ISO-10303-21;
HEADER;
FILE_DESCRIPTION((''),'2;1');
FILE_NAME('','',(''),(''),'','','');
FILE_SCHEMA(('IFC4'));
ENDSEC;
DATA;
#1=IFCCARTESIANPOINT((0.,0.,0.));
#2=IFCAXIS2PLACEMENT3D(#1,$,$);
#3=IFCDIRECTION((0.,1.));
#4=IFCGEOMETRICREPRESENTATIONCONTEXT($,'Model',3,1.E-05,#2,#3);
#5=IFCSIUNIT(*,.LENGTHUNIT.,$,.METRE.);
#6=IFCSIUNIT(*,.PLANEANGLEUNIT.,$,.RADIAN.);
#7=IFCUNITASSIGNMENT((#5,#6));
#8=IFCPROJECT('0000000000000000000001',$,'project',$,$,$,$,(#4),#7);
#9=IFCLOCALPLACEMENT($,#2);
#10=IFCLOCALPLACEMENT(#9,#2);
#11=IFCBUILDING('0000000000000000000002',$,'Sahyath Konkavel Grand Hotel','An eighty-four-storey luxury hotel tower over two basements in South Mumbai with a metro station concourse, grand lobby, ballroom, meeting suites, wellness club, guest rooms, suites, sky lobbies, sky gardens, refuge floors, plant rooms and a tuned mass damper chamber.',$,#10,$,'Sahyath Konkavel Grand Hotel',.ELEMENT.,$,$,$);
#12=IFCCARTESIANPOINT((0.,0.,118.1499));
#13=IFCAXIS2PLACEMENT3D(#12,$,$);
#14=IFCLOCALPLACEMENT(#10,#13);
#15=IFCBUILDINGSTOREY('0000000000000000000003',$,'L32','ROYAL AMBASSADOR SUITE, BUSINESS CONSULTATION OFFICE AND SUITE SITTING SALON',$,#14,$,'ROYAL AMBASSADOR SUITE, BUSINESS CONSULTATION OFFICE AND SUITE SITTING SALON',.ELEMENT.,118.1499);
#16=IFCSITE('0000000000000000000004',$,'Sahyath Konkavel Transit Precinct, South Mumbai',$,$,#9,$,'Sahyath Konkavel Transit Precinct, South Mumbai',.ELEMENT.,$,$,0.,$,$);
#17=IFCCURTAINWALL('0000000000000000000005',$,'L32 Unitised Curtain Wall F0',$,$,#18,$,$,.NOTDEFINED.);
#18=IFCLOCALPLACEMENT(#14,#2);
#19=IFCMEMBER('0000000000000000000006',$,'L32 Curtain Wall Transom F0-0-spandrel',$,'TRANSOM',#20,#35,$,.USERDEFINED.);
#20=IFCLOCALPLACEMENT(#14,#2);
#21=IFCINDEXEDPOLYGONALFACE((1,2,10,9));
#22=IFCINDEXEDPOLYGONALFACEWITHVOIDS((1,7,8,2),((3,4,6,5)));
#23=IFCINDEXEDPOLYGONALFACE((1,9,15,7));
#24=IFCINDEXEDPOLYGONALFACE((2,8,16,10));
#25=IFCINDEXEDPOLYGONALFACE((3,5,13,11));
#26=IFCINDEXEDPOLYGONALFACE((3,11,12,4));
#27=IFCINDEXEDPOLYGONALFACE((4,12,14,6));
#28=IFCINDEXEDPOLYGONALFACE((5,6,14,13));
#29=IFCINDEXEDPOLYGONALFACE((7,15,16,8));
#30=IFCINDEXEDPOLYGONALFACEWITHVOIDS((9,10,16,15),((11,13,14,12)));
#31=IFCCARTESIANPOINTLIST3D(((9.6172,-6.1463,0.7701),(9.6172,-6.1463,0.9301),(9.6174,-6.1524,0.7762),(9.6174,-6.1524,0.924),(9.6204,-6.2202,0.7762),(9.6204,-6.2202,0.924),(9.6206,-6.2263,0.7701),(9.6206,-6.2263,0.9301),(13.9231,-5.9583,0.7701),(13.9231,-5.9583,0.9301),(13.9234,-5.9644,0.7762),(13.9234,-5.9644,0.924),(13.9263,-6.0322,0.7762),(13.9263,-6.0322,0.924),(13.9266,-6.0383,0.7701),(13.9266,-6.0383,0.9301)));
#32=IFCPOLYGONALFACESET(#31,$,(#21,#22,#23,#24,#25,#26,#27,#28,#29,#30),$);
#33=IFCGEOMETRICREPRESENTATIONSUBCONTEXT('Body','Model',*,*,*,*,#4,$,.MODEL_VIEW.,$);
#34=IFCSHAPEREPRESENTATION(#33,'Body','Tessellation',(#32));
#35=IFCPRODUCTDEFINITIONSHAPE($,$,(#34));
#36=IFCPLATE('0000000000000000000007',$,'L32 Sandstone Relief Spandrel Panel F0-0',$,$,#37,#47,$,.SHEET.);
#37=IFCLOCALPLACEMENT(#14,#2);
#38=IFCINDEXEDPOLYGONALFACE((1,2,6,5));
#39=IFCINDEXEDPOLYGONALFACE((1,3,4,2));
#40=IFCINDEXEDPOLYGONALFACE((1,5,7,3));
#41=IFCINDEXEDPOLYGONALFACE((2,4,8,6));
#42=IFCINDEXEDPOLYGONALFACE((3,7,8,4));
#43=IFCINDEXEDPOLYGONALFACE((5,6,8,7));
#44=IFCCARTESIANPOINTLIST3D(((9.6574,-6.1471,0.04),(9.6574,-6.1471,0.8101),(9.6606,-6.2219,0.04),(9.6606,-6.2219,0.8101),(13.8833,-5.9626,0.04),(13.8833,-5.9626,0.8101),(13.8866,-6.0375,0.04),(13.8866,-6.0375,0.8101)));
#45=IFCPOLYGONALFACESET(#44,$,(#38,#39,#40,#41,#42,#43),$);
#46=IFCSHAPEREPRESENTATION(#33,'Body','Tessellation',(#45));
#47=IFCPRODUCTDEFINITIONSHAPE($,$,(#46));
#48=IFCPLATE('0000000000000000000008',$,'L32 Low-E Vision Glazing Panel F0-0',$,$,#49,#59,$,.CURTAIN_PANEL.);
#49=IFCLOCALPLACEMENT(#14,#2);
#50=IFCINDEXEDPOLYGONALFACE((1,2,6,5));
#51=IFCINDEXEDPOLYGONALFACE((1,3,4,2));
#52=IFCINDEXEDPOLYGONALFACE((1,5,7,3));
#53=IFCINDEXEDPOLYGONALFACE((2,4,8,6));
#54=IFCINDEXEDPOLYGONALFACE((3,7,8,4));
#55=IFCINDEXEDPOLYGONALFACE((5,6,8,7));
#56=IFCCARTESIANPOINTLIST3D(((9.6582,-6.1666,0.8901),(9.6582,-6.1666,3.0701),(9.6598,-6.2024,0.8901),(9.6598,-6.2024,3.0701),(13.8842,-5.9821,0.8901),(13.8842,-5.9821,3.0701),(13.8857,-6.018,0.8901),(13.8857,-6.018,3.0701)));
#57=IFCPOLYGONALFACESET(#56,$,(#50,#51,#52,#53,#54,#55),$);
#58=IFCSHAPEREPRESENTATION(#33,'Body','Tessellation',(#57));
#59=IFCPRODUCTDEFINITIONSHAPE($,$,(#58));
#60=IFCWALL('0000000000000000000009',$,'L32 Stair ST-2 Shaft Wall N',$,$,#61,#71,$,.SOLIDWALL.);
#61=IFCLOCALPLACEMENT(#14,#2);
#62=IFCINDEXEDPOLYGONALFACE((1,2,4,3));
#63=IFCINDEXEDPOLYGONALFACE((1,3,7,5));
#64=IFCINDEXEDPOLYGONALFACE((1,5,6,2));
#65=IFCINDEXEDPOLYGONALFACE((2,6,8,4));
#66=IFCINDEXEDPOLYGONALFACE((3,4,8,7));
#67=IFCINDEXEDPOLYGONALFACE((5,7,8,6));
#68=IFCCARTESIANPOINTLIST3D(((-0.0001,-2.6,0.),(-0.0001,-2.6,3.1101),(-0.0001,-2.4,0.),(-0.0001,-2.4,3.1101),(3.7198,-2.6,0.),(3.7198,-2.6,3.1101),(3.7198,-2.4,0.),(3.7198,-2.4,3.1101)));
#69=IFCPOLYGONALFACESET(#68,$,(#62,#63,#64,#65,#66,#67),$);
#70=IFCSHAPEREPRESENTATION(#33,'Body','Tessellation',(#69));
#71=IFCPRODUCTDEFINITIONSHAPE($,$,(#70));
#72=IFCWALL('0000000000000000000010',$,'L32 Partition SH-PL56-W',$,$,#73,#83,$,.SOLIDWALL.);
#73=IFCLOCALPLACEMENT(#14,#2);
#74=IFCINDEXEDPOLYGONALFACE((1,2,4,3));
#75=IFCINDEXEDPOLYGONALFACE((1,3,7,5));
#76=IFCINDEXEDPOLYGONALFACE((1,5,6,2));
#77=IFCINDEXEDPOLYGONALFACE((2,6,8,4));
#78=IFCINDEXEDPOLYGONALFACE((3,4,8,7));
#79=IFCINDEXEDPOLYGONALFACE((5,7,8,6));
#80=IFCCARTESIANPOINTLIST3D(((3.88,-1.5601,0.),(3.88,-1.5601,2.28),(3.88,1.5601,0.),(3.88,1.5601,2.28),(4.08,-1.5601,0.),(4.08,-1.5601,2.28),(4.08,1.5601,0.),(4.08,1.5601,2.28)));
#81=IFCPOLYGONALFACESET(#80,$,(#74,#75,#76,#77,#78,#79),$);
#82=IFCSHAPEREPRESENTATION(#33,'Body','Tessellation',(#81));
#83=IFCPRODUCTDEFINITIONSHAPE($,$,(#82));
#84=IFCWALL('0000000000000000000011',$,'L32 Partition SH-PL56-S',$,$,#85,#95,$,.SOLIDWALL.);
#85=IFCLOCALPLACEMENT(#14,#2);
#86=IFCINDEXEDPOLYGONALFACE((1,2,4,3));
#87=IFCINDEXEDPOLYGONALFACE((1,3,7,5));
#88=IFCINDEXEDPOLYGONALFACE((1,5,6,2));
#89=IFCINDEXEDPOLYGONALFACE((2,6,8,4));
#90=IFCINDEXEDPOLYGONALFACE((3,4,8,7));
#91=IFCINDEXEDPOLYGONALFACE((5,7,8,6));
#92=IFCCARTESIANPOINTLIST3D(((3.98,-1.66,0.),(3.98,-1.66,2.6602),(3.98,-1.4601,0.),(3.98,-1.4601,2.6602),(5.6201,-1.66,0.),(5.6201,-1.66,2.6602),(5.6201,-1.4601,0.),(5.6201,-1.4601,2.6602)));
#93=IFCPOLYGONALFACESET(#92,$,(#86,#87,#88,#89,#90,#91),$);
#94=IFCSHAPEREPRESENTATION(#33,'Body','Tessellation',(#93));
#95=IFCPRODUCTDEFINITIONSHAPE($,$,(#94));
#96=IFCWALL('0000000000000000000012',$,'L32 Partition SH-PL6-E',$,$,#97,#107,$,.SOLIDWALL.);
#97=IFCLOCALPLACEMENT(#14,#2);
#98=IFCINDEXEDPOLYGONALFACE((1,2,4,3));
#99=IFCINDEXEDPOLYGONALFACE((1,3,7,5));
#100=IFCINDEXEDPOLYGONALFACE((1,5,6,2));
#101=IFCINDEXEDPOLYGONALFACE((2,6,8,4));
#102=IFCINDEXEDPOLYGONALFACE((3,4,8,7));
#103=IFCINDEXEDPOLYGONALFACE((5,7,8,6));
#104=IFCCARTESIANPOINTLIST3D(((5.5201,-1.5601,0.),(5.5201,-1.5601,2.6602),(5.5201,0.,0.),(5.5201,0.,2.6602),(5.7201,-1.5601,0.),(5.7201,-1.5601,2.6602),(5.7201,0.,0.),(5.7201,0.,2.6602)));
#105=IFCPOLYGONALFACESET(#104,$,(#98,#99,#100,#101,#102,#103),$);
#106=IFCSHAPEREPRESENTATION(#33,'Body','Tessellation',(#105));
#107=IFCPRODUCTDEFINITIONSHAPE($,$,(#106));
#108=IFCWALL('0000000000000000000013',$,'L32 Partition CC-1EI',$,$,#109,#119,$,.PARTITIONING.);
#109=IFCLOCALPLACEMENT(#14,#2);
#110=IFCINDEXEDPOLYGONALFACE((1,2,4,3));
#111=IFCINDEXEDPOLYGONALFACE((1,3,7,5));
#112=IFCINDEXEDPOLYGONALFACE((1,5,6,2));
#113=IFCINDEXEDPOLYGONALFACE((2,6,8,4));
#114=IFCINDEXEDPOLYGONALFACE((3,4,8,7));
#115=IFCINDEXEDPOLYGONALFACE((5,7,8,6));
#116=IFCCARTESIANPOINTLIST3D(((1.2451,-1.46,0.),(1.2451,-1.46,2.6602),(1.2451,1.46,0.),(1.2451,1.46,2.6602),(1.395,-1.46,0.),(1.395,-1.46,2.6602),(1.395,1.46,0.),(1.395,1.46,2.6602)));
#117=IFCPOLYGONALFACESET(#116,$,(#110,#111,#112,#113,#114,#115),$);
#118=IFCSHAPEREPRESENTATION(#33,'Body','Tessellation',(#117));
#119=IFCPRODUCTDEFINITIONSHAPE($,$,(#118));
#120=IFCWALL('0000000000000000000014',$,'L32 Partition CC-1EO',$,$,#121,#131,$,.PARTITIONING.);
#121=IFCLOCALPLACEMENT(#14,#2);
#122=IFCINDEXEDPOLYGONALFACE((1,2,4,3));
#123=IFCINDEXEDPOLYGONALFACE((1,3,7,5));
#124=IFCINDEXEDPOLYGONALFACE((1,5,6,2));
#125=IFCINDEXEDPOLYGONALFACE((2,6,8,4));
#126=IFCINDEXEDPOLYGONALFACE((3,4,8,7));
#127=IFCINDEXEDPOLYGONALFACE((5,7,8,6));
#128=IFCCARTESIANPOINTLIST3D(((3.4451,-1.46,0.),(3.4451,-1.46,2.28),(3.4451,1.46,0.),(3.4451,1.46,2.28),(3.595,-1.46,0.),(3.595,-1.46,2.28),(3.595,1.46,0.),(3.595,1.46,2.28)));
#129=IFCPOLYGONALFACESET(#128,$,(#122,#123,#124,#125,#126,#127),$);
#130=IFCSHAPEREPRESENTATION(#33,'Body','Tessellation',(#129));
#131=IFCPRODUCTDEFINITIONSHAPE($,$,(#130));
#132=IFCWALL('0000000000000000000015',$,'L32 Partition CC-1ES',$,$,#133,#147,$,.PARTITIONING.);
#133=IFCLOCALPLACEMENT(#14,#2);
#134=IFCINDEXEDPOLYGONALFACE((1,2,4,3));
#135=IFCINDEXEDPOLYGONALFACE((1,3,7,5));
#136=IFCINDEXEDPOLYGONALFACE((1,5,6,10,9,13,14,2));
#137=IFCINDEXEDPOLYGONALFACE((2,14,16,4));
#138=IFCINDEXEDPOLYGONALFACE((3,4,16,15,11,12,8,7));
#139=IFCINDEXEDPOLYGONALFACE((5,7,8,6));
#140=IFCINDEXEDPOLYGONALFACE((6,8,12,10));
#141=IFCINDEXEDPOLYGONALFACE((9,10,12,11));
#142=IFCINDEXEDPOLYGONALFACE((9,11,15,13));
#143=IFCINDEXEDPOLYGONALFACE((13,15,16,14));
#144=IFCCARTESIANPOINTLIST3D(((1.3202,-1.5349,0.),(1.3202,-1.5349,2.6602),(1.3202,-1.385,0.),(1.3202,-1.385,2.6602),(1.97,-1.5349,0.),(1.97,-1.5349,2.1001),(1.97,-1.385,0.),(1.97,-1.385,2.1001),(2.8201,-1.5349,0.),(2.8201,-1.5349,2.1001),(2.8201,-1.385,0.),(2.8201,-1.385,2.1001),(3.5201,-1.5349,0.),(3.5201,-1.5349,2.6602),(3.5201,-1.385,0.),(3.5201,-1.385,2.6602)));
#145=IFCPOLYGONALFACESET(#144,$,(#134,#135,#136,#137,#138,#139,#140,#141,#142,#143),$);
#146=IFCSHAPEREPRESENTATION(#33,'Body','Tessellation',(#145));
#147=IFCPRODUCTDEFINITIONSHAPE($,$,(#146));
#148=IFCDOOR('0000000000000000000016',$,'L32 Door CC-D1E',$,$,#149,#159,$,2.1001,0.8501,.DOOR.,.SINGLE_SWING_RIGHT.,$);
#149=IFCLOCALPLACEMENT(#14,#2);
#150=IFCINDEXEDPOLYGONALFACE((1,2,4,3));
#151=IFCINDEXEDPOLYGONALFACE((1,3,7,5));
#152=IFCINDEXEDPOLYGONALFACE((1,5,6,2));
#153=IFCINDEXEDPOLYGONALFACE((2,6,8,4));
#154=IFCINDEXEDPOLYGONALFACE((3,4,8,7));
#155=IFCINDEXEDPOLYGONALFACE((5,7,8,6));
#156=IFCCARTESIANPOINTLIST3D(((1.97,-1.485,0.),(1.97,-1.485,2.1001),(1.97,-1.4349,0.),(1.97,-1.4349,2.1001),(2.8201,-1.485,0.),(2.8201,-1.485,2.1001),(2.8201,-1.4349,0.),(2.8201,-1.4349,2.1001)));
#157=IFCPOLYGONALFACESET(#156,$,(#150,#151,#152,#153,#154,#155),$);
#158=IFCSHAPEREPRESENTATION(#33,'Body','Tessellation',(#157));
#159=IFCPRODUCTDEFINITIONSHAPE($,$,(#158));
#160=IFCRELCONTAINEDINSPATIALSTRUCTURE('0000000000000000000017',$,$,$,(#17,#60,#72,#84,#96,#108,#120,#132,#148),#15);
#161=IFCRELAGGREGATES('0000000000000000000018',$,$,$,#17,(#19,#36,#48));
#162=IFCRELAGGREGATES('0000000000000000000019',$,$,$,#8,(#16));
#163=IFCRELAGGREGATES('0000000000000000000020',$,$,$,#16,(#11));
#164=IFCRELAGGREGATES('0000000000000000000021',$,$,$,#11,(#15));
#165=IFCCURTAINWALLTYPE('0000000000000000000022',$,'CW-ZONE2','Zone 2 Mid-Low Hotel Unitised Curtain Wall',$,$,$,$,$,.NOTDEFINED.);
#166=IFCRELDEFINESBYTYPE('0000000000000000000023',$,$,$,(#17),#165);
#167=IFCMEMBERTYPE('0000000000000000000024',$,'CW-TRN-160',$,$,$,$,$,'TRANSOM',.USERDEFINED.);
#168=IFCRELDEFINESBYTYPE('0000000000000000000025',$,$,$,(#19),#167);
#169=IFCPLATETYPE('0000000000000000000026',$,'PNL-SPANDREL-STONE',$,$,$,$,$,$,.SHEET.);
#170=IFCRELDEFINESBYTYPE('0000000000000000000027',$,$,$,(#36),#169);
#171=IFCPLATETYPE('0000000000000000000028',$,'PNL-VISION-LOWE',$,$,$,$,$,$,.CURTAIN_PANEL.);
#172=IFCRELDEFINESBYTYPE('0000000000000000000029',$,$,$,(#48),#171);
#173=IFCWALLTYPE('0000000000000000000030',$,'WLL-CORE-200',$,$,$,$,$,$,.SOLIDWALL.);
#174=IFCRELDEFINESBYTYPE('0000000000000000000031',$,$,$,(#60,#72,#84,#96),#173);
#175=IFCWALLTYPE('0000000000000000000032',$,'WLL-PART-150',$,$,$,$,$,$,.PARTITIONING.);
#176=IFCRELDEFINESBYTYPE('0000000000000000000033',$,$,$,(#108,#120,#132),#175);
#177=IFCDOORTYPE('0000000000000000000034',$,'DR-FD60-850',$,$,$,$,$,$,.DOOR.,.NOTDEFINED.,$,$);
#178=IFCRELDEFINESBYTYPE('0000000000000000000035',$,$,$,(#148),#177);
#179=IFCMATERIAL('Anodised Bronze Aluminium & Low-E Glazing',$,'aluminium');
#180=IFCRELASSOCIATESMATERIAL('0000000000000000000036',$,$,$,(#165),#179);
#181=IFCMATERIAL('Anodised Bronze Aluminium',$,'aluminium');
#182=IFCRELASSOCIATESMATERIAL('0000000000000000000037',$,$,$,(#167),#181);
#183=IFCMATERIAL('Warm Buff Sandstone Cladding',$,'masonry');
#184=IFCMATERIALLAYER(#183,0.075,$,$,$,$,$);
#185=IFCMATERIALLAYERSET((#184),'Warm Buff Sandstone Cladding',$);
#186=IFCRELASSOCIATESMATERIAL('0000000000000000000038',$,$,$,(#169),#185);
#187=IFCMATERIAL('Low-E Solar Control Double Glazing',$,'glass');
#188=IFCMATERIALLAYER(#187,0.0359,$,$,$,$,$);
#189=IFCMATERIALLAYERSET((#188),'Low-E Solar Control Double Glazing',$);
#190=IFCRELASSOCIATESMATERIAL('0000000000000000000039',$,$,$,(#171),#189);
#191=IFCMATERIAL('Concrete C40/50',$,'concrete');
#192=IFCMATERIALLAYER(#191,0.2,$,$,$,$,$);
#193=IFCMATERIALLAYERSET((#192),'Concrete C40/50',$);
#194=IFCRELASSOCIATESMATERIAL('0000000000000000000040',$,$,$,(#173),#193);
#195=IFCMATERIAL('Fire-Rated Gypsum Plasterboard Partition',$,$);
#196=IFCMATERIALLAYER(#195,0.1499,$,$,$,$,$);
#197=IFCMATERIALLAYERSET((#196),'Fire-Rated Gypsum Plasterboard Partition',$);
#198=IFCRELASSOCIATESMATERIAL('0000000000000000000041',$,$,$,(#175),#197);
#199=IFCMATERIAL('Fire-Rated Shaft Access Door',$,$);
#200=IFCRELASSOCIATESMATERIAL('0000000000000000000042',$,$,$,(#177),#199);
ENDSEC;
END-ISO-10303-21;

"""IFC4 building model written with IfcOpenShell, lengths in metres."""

from ifc_helpers import new_model, si_unit, direction, frame, frame_2d, origin, origin_2d, place, context, subcontext, project, spatial, rectangle, hollow_rectangle, extrude, source, transform, mapped, material, layer, layer_set, material_profile, profile_set, type_object, element, fill, aggregate, save


model = new_model("IFC4")

# Units and contexts
model_context = context("Model", 3, precision=1e-05, world=origin(), true_north=direction((0.0, 1.0)))
body_context = subcontext(model_context, "Body", "Model", "MODEL_VIEW")
ifc_project = project(units=[si_unit("LENGTHUNIT", "METRE"), si_unit("PLANEANGLEUNIT", "RADIAN")], contexts=[model_context])

# Site, building, storey
site_placement = place(None, origin())
site = spatial("IfcSite", under=ifc_project, at=site_placement, Name="Sahyath Konkavel Transit Precinct, South Mumbai", LongName="Sahyath Konkavel Transit Precinct, South Mumbai", CompositionType="ELEMENT", RefElevation=0.0)
building_placement = place(site_placement, origin())
building = spatial("IfcBuilding", under=site, at=building_placement, Name="Sahyath Konkavel Grand Hotel", Description="An eighty-four-storey luxury hotel tower over two basements in South Mumbai with a metro station concourse, grand lobby, ballroom, meeting suites, wellness club, guest rooms, suites, sky lobbies, sky gardens, refuge floors, plant rooms and a tuned mass damper chamber.", LongName="Sahyath Konkavel Grand Hotel", CompositionType="ELEMENT")
storey_placement = place(building_placement, frame((0.0, 0.0, 118.1499)))
storey = spatial("IfcBuildingStorey", under=building, at=storey_placement, Name="L32", Description="ROYAL AMBASSADOR SUITE, BUSINESS CONSULTATION OFFICE AND SUITE SITTING SALON", LongName="ROYAL AMBASSADOR SUITE, BUSINESS CONSULTATION OFFICE AND SUITE SITTING SALON", CompositionType="ELEMENT", Elevation=118.1499)

# Curtain wall, member, plates
ifc_material_1 = material(Name="Anodised Bronze Aluminium & Low-E Glazing", Category="aluminium")
curtain_wall_type = type_object("IfcCurtainWallType", Name="CW-ZONE2", Description="Zone 2 Mid-Low Hotel Unitised Curtain Wall", PredefinedType="NOTDEFINED", material=ifc_material_1)
curtain_wall_placement = place(storey_placement, origin())
curtain_wall = element("IfcCurtainWall", 1, at=curtain_wall_placement, inside=storey, type_object=curtain_wall_type, Name="L32 Unitised Curtain Wall F0", PredefinedType="NOTDEFINED")
ifc_material_2 = material(Name="Anodised Bronze Aluminium", Category="aluminium")
ifc_material_profile_1 = material_profile(ifc_material_2, hollow_rectangle(XDim=0.0801, YDim=0.1599, WallThickness=0.0061, at=origin_2d()), Name="RHS 160x80x6")
ifc_profile_set_1 = profile_set([ifc_material_profile_1], Name="Anodised Bronze Aluminium")
member_type_1 = type_object("IfcMemberType", Name="CW-TRN-160", ElementType="TRANSOM", PredefinedType="USERDEFINED", material=ifc_profile_set_1)
shared_shape_1 = source(origin(), body_context, "Body", "SweptSolid", [
    extrude(hollow_rectangle(XDim=0.0801, YDim=0.1599, WallThickness=0.0061, at=origin_2d()), origin(), (0.0, 0.0, 1.0), 4.3101),
])
member_1_placement = place(storey_placement, frame((9.6189, -6.1863, 0.8501), z_axis=(0.999048, 0.043617, 0.0), x_axis=(-0.043617, 0.999048, 0.0)))
member_1 = element("IfcMember", 2, at=member_1_placement, type_object=member_type_1, Name="L32 Curtain Wall Transom F0-0-spandrel", ObjectType="TRANSOM", PredefinedType="USERDEFINED", context=body_context, shape_type="MappedRepresentation", body=[
    mapped(shared_shape_1, transform((0.0, 0.0, 0.0), scale=1.0)),
])
ifc_material_3 = material(Name="Warm Buff Sandstone Cladding", Category="masonry")
ifc_layer_1 = layer(ifc_material_3, 0.075)
ifc_layer_set_1 = layer_set([ifc_layer_1], Name="Warm Buff Sandstone Cladding")
plate_type_1 = type_object("IfcPlateType", Name="PNL-SPANDREL-STONE", PredefinedType="SHEET", material=ifc_layer_set_1)
shared_shape_2 = source(origin(), body_context, "Body", "SweptSolid", [
    extrude(rectangle(XDim=4.23, YDim=0.075, at=origin_2d()), origin(), (0.0, 0.0, 1.0), 0.77),
])
plate_1_placement = place(storey_placement, frame((11.772, -6.0923, 0.04), z_axis=(0.0, 0.0, 1.0), x_axis=(0.999049, 0.043602, 0.0)))
plate_1 = element("IfcPlate", 3, at=plate_1_placement, type_object=plate_type_1, Name="L32 Sandstone Relief Spandrel Panel F0-0", PredefinedType="SHEET", context=body_context, shape_type="MappedRepresentation", body=[
    mapped(shared_shape_2, transform((0.0, 0.0, 0.0), scale=1.0)),
])
ifc_material_4 = material(Name="Low-E Solar Control Double Glazing", Category="glass")
ifc_layer_2 = layer(ifc_material_4, 0.0359)
ifc_layer_set_2 = layer_set([ifc_layer_2], Name="Low-E Solar Control Double Glazing")
plate_type_2 = type_object("IfcPlateType", Name="PNL-VISION-LOWE", PredefinedType="CURTAIN_PANEL", material=ifc_layer_set_2)
shared_shape_3 = source(origin(), body_context, "Body", "SweptSolid", [
    extrude(rectangle(XDim=4.23, YDim=0.0359, at=origin_2d()), origin(), (0.0, 0.0, 1.0), 2.1799),
])
plate_2_placement = place(storey_placement, frame((11.772, -6.0923, 0.8901), z_axis=(0.0, 0.0, 1.0), x_axis=(0.999049, 0.043602, 0.0)))
plate_2 = element("IfcPlate", 4, at=plate_2_placement, type_object=plate_type_2, Name="L32 Low-E Vision Glazing Panel F0-0", PredefinedType="CURTAIN_PANEL", context=body_context, shape_type="MappedRepresentation", body=[
    mapped(shared_shape_3, transform((0.0, 0.0, 0.0), scale=1.0)),
])
aggregate(curtain_wall, [member_1, plate_1, plate_2])

# Walls
ifc_material_5 = material(Name="Concrete C40/50", Category="concrete")
ifc_layer_3 = layer(ifc_material_5, 0.2)
ifc_layer_set_3 = layer_set([ifc_layer_3], Name="Concrete C40/50")
wall_type_1 = type_object("IfcWallType", Name="WLL-CORE-200", PredefinedType="SOLIDWALL", material=ifc_layer_set_3)
wall_1_placement = place(storey_placement, frame((0.0, -2.5, 0.0), z_axis=(0.0, 0.0, 1.0), x_axis=(1.0, 0.0, 0.0)))
element("IfcWall", 5, at=wall_1_placement, inside=storey, type_object=wall_type_1, Name="L32 Stair ST-2 Shaft Wall N", PredefinedType="SOLIDWALL", context=body_context, shape_type="SweptSolid", body=[
    extrude(rectangle(XDim=3.72, YDim=0.2, at=frame_2d((1.8599, 0.0))), origin(), (0.0, 0.0, 1.0), 3.1101),
])
wall_2_placement = place(storey_placement, frame((3.98, -1.5601, 0.0), z_axis=(0.0, 0.0, 1.0), x_axis=(0.0, 1.0, 0.0)))
element("IfcWall", 6, at=wall_2_placement, inside=storey, type_object=wall_type_1, Name="L32 Partition SH-PL56-W", PredefinedType="SOLIDWALL", context=body_context, shape_type="SweptSolid", body=[
    extrude(rectangle(XDim=3.1201, YDim=0.2, at=frame_2d((1.5601, 0.0))), origin(), (0.0, 0.0, 1.0), 2.28),
])
wall_3_placement = place(storey_placement, frame((3.98, -1.5601, 0.0), z_axis=(0.0, 0.0, 1.0), x_axis=(1.0, 0.0, 0.0)))
element("IfcWall", 7, at=wall_3_placement, inside=storey, type_object=wall_type_1, Name="L32 Partition SH-PL56-S", PredefinedType="SOLIDWALL", context=body_context, shape_type="SweptSolid", body=[
    extrude(rectangle(XDim=1.6401, YDim=0.2, at=frame_2d((0.8201, 0.0))), origin(), (0.0, 0.0, 1.0), 2.6602),
])
wall_4_placement = place(storey_placement, frame((5.6201, -1.5601, 0.0), z_axis=(0.0, 0.0, 1.0), x_axis=(0.0, 1.0, 0.0)))
element("IfcWall", 8, at=wall_4_placement, inside=storey, type_object=wall_type_1, Name="L32 Partition SH-PL6-E", PredefinedType="SOLIDWALL", context=body_context, shape_type="SweptSolid", body=[
    extrude(rectangle(XDim=1.5601, YDim=0.2, at=frame_2d((0.78, 0.0))), origin(), (0.0, 0.0, 1.0), 2.6602),
])
ifc_material_6 = material(Name="Fire-Rated Gypsum Plasterboard Partition")
ifc_layer_4 = layer(ifc_material_6, 0.1499)
ifc_layer_set_4 = layer_set([ifc_layer_4], Name="Fire-Rated Gypsum Plasterboard Partition")
wall_type_2 = type_object("IfcWallType", Name="WLL-PART-150", PredefinedType="PARTITIONING", material=ifc_layer_set_4)
wall_5_placement = place(storey_placement, frame((1.3201, -1.46, 0.0), z_axis=(0.0, 0.0, 1.0), x_axis=(0.0, 1.0, 0.0)))
element("IfcWall", 9, at=wall_5_placement, inside=storey, type_object=wall_type_2, Name="L32 Partition CC-1EI", PredefinedType="PARTITIONING", context=body_context, shape_type="SweptSolid", body=[
    extrude(rectangle(XDim=2.9199, YDim=0.1499, at=frame_2d((1.46, 0.0))), origin(), (0.0, 0.0, 1.0), 2.6602),
])
wall_6_placement = place(storey_placement, frame((3.52, -1.46, 0.0), z_axis=(0.0, 0.0, 1.0), x_axis=(0.0, 1.0, 0.0)))
element("IfcWall", 10, at=wall_6_placement, inside=storey, type_object=wall_type_2, Name="L32 Partition CC-1EO", PredefinedType="PARTITIONING", context=body_context, shape_type="SweptSolid", body=[
    extrude(rectangle(XDim=2.9199, YDim=0.1499, at=frame_2d((1.46, 0.0))), origin(), (0.0, 0.0, 1.0), 2.28),
])

# Wall, opening, door
wall_7_placement = place(storey_placement, frame((1.3201, -1.46, 0.0), z_axis=(0.0, 0.0, 1.0), x_axis=(1.0, 0.0, 0.0)))
wall_7 = element("IfcWall", 11, at=wall_7_placement, inside=storey, type_object=wall_type_2, Name="L32 Partition CC-1ES", PredefinedType="PARTITIONING", context=body_context, shape_type="SweptSolid", body=[
    extrude(rectangle(XDim=2.2, YDim=0.1499, at=frame_2d((1.1001, 0.0))), origin(), (0.0, 0.0, 1.0), 2.6602),
])
opening_placement = place(wall_7_placement, frame((0.6499, 0.0, 0.0)))
opening = element("IfcOpeningElement", 12, at=opening_placement, cuts=wall_7, PredefinedType="OPENING", context=body_context, shape_type="SweptSolid", body=[
    extrude(rectangle(XDim=0.8501, YDim=2.1001, at=frame_2d((0.425, 1.05))), frame((0.0, 0.085, 0.0), z_axis=(0.0, -1.0, 0.0), x_axis=(1.0, 0.0, 0.0)), (0.0, 0.0, 1.0), 0.1699),
])
ifc_material_7 = material(Name="Fire-Rated Shaft Access Door")
door_type = type_object("IfcDoorType", Name="DR-FD60-850", OperationType="NOTDEFINED", PredefinedType="DOOR", material=ifc_material_7)
shared_shape_4 = source(origin(), body_context, "Body", "SweptSolid", [
    extrude(rectangle(XDim=0.8501, YDim=0.05, at=origin_2d()), origin(), (0.0, 0.0, 1.0), 2.1001),
])
door_placement = place(opening_placement, frame((0.425, 0.0, 0.0)))
door = element("IfcDoor", 13, at=door_placement, inside=storey, type_object=door_type, Name="L32 Door CC-D1E", OperationType="SINGLE_SWING_RIGHT", OverallHeight=2.1001, OverallWidth=0.8501, PredefinedType="DOOR", context=body_context, shape_type="MappedRepresentation", body=[
    mapped(shared_shape_4, transform((0.0, 0.0, 0.0), scale=1.0)),
])
fill(opening, door)

save(model, "model.ifc")
